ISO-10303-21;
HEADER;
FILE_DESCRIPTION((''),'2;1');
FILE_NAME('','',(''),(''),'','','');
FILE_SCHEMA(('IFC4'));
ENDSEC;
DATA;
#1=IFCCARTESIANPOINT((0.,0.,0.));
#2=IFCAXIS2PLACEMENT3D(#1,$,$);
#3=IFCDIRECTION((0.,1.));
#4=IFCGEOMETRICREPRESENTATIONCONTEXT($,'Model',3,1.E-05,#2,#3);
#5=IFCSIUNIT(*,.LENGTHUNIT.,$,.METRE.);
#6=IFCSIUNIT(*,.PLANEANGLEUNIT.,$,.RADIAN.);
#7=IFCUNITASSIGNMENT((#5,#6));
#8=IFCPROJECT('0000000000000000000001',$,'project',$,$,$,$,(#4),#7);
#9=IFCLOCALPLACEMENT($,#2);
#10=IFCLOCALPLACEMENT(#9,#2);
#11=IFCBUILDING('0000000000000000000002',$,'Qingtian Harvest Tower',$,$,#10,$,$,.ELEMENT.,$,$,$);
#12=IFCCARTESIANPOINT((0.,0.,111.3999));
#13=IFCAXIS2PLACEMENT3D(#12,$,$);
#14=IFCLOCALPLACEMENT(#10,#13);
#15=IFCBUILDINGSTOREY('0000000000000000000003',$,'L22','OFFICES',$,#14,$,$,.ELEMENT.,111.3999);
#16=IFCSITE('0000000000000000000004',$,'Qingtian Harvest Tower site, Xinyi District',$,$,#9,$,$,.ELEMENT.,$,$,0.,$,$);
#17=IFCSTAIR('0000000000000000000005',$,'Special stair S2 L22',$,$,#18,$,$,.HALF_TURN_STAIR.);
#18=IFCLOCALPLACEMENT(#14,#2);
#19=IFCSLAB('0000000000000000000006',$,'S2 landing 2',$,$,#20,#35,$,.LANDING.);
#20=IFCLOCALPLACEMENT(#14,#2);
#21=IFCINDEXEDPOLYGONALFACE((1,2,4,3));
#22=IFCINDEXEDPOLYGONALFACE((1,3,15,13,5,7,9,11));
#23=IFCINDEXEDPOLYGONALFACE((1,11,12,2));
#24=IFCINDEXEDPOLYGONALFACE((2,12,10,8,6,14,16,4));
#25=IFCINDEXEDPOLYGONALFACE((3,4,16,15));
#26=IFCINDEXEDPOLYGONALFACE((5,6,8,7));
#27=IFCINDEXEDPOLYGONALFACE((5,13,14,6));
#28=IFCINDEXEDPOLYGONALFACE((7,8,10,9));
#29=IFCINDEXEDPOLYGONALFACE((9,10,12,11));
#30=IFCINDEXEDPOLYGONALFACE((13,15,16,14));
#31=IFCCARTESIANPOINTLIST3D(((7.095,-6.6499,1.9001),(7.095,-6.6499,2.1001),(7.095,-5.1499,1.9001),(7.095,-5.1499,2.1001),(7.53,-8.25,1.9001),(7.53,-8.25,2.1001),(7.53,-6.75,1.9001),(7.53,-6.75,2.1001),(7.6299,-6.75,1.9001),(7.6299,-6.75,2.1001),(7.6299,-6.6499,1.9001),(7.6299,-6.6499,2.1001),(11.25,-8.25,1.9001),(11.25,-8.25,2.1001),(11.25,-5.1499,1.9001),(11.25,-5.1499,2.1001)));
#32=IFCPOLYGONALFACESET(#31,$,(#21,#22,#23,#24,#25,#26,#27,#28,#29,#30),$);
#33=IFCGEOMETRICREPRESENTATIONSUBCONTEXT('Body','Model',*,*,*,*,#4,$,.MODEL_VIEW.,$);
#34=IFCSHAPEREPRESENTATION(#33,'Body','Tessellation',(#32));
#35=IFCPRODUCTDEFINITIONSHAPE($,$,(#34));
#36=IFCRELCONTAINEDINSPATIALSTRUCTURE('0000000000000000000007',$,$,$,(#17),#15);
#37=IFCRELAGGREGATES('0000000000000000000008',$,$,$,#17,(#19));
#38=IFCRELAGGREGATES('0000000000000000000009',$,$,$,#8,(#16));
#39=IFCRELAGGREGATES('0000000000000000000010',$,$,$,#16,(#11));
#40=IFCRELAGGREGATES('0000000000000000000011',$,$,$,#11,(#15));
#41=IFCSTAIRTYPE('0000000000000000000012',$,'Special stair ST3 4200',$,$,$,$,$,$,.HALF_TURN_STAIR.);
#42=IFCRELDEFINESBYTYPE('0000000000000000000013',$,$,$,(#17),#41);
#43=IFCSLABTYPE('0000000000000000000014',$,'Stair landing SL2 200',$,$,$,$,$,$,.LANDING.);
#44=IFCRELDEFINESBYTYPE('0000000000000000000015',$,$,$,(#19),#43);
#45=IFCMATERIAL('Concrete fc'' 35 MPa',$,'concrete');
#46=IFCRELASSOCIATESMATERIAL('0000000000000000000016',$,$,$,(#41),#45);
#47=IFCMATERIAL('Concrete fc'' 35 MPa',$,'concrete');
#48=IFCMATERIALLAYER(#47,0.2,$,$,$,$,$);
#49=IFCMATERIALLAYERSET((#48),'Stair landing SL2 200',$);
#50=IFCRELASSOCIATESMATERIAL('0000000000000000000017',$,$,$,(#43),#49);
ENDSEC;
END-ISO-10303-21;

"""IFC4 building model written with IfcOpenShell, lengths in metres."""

from ifc_helpers import new_model, si_unit, direction, frame, origin, place, context, subcontext, project, spatial, polyline, outline, extrude, material, layer, layer_set, type_object, element, aggregate, save


model = new_model("IFC4")

# Units and contexts
model_context = context("Model", 3, precision=1e-05, world=origin(), true_north=direction((0.0, 1.0)))
body_context = subcontext(model_context, "Body", "Model", "MODEL_VIEW")
ifc_project = project(units=[si_unit("LENGTHUNIT", "METRE"), si_unit("PLANEANGLEUNIT", "RADIAN")], contexts=[model_context])

# Site, building, storey
site_placement = place(None, origin())
site = spatial("IfcSite", under=ifc_project, at=site_placement, Name="Qingtian Harvest Tower site, Xinyi District", CompositionType="ELEMENT", RefElevation=0.0)
building_placement = place(site_placement, origin())
building = spatial("IfcBuilding", under=site, at=building_placement, Name="Qingtian Harvest Tower", CompositionType="ELEMENT")
storey_placement = place(building_placement, frame((0.0, 0.0, 111.3999)))
storey = spatial("IfcBuildingStorey", under=building, at=storey_placement, Name="L22", Description="OFFICES", CompositionType="ELEMENT", Elevation=111.3999)

# Stair, slab
ifc_material_1 = material(Name="Concrete fc' 35 MPa", Category="concrete")
stair_type = type_object("IfcStairType", Name="Special stair ST3 4200", PredefinedType="HALF_TURN_STAIR", material=ifc_material_1)
stair_placement = place(storey_placement, origin())
stair = element("IfcStair", 1, at=stair_placement, inside=storey, type_object=stair_type, Name="Special stair S2 L22", PredefinedType="HALF_TURN_STAIR")
ifc_material_2 = material(Name="Concrete fc' 35 MPa", Category="concrete")
ifc_layer_1 = layer(ifc_material_2, 0.2)
ifc_layer_set_1 = layer_set([ifc_layer_1], Name="Stair landing SL2 200")
slab_type_1 = type_object("IfcSlabType", Name="Stair landing SL2 200", PredefinedType="LANDING", material=ifc_layer_set_1)
slab_1_placement = place(storey_placement, frame((0.0, 0.0, 1.9001)))
slab_1 = element("IfcSlab", 2, at=slab_1_placement, type_object=slab_type_1, Name="S2 landing 2", PredefinedType="LANDING", context=body_context, shape_type="SweptSolid", body=[
    extrude(outline(polyline([(7.53, -8.25), (7.53, -6.75), (7.6299, -6.75), (7.6299, -6.6499), (7.095, -6.6499), (7.095, -5.1499), (11.25, -5.1499), (11.25, -8.25), (7.53, -8.25)])), origin(), (0.0, 0.0, 1.0), 0.2),
])
aggregate(stair, [slab_1])

save(model, "model.ifc")
